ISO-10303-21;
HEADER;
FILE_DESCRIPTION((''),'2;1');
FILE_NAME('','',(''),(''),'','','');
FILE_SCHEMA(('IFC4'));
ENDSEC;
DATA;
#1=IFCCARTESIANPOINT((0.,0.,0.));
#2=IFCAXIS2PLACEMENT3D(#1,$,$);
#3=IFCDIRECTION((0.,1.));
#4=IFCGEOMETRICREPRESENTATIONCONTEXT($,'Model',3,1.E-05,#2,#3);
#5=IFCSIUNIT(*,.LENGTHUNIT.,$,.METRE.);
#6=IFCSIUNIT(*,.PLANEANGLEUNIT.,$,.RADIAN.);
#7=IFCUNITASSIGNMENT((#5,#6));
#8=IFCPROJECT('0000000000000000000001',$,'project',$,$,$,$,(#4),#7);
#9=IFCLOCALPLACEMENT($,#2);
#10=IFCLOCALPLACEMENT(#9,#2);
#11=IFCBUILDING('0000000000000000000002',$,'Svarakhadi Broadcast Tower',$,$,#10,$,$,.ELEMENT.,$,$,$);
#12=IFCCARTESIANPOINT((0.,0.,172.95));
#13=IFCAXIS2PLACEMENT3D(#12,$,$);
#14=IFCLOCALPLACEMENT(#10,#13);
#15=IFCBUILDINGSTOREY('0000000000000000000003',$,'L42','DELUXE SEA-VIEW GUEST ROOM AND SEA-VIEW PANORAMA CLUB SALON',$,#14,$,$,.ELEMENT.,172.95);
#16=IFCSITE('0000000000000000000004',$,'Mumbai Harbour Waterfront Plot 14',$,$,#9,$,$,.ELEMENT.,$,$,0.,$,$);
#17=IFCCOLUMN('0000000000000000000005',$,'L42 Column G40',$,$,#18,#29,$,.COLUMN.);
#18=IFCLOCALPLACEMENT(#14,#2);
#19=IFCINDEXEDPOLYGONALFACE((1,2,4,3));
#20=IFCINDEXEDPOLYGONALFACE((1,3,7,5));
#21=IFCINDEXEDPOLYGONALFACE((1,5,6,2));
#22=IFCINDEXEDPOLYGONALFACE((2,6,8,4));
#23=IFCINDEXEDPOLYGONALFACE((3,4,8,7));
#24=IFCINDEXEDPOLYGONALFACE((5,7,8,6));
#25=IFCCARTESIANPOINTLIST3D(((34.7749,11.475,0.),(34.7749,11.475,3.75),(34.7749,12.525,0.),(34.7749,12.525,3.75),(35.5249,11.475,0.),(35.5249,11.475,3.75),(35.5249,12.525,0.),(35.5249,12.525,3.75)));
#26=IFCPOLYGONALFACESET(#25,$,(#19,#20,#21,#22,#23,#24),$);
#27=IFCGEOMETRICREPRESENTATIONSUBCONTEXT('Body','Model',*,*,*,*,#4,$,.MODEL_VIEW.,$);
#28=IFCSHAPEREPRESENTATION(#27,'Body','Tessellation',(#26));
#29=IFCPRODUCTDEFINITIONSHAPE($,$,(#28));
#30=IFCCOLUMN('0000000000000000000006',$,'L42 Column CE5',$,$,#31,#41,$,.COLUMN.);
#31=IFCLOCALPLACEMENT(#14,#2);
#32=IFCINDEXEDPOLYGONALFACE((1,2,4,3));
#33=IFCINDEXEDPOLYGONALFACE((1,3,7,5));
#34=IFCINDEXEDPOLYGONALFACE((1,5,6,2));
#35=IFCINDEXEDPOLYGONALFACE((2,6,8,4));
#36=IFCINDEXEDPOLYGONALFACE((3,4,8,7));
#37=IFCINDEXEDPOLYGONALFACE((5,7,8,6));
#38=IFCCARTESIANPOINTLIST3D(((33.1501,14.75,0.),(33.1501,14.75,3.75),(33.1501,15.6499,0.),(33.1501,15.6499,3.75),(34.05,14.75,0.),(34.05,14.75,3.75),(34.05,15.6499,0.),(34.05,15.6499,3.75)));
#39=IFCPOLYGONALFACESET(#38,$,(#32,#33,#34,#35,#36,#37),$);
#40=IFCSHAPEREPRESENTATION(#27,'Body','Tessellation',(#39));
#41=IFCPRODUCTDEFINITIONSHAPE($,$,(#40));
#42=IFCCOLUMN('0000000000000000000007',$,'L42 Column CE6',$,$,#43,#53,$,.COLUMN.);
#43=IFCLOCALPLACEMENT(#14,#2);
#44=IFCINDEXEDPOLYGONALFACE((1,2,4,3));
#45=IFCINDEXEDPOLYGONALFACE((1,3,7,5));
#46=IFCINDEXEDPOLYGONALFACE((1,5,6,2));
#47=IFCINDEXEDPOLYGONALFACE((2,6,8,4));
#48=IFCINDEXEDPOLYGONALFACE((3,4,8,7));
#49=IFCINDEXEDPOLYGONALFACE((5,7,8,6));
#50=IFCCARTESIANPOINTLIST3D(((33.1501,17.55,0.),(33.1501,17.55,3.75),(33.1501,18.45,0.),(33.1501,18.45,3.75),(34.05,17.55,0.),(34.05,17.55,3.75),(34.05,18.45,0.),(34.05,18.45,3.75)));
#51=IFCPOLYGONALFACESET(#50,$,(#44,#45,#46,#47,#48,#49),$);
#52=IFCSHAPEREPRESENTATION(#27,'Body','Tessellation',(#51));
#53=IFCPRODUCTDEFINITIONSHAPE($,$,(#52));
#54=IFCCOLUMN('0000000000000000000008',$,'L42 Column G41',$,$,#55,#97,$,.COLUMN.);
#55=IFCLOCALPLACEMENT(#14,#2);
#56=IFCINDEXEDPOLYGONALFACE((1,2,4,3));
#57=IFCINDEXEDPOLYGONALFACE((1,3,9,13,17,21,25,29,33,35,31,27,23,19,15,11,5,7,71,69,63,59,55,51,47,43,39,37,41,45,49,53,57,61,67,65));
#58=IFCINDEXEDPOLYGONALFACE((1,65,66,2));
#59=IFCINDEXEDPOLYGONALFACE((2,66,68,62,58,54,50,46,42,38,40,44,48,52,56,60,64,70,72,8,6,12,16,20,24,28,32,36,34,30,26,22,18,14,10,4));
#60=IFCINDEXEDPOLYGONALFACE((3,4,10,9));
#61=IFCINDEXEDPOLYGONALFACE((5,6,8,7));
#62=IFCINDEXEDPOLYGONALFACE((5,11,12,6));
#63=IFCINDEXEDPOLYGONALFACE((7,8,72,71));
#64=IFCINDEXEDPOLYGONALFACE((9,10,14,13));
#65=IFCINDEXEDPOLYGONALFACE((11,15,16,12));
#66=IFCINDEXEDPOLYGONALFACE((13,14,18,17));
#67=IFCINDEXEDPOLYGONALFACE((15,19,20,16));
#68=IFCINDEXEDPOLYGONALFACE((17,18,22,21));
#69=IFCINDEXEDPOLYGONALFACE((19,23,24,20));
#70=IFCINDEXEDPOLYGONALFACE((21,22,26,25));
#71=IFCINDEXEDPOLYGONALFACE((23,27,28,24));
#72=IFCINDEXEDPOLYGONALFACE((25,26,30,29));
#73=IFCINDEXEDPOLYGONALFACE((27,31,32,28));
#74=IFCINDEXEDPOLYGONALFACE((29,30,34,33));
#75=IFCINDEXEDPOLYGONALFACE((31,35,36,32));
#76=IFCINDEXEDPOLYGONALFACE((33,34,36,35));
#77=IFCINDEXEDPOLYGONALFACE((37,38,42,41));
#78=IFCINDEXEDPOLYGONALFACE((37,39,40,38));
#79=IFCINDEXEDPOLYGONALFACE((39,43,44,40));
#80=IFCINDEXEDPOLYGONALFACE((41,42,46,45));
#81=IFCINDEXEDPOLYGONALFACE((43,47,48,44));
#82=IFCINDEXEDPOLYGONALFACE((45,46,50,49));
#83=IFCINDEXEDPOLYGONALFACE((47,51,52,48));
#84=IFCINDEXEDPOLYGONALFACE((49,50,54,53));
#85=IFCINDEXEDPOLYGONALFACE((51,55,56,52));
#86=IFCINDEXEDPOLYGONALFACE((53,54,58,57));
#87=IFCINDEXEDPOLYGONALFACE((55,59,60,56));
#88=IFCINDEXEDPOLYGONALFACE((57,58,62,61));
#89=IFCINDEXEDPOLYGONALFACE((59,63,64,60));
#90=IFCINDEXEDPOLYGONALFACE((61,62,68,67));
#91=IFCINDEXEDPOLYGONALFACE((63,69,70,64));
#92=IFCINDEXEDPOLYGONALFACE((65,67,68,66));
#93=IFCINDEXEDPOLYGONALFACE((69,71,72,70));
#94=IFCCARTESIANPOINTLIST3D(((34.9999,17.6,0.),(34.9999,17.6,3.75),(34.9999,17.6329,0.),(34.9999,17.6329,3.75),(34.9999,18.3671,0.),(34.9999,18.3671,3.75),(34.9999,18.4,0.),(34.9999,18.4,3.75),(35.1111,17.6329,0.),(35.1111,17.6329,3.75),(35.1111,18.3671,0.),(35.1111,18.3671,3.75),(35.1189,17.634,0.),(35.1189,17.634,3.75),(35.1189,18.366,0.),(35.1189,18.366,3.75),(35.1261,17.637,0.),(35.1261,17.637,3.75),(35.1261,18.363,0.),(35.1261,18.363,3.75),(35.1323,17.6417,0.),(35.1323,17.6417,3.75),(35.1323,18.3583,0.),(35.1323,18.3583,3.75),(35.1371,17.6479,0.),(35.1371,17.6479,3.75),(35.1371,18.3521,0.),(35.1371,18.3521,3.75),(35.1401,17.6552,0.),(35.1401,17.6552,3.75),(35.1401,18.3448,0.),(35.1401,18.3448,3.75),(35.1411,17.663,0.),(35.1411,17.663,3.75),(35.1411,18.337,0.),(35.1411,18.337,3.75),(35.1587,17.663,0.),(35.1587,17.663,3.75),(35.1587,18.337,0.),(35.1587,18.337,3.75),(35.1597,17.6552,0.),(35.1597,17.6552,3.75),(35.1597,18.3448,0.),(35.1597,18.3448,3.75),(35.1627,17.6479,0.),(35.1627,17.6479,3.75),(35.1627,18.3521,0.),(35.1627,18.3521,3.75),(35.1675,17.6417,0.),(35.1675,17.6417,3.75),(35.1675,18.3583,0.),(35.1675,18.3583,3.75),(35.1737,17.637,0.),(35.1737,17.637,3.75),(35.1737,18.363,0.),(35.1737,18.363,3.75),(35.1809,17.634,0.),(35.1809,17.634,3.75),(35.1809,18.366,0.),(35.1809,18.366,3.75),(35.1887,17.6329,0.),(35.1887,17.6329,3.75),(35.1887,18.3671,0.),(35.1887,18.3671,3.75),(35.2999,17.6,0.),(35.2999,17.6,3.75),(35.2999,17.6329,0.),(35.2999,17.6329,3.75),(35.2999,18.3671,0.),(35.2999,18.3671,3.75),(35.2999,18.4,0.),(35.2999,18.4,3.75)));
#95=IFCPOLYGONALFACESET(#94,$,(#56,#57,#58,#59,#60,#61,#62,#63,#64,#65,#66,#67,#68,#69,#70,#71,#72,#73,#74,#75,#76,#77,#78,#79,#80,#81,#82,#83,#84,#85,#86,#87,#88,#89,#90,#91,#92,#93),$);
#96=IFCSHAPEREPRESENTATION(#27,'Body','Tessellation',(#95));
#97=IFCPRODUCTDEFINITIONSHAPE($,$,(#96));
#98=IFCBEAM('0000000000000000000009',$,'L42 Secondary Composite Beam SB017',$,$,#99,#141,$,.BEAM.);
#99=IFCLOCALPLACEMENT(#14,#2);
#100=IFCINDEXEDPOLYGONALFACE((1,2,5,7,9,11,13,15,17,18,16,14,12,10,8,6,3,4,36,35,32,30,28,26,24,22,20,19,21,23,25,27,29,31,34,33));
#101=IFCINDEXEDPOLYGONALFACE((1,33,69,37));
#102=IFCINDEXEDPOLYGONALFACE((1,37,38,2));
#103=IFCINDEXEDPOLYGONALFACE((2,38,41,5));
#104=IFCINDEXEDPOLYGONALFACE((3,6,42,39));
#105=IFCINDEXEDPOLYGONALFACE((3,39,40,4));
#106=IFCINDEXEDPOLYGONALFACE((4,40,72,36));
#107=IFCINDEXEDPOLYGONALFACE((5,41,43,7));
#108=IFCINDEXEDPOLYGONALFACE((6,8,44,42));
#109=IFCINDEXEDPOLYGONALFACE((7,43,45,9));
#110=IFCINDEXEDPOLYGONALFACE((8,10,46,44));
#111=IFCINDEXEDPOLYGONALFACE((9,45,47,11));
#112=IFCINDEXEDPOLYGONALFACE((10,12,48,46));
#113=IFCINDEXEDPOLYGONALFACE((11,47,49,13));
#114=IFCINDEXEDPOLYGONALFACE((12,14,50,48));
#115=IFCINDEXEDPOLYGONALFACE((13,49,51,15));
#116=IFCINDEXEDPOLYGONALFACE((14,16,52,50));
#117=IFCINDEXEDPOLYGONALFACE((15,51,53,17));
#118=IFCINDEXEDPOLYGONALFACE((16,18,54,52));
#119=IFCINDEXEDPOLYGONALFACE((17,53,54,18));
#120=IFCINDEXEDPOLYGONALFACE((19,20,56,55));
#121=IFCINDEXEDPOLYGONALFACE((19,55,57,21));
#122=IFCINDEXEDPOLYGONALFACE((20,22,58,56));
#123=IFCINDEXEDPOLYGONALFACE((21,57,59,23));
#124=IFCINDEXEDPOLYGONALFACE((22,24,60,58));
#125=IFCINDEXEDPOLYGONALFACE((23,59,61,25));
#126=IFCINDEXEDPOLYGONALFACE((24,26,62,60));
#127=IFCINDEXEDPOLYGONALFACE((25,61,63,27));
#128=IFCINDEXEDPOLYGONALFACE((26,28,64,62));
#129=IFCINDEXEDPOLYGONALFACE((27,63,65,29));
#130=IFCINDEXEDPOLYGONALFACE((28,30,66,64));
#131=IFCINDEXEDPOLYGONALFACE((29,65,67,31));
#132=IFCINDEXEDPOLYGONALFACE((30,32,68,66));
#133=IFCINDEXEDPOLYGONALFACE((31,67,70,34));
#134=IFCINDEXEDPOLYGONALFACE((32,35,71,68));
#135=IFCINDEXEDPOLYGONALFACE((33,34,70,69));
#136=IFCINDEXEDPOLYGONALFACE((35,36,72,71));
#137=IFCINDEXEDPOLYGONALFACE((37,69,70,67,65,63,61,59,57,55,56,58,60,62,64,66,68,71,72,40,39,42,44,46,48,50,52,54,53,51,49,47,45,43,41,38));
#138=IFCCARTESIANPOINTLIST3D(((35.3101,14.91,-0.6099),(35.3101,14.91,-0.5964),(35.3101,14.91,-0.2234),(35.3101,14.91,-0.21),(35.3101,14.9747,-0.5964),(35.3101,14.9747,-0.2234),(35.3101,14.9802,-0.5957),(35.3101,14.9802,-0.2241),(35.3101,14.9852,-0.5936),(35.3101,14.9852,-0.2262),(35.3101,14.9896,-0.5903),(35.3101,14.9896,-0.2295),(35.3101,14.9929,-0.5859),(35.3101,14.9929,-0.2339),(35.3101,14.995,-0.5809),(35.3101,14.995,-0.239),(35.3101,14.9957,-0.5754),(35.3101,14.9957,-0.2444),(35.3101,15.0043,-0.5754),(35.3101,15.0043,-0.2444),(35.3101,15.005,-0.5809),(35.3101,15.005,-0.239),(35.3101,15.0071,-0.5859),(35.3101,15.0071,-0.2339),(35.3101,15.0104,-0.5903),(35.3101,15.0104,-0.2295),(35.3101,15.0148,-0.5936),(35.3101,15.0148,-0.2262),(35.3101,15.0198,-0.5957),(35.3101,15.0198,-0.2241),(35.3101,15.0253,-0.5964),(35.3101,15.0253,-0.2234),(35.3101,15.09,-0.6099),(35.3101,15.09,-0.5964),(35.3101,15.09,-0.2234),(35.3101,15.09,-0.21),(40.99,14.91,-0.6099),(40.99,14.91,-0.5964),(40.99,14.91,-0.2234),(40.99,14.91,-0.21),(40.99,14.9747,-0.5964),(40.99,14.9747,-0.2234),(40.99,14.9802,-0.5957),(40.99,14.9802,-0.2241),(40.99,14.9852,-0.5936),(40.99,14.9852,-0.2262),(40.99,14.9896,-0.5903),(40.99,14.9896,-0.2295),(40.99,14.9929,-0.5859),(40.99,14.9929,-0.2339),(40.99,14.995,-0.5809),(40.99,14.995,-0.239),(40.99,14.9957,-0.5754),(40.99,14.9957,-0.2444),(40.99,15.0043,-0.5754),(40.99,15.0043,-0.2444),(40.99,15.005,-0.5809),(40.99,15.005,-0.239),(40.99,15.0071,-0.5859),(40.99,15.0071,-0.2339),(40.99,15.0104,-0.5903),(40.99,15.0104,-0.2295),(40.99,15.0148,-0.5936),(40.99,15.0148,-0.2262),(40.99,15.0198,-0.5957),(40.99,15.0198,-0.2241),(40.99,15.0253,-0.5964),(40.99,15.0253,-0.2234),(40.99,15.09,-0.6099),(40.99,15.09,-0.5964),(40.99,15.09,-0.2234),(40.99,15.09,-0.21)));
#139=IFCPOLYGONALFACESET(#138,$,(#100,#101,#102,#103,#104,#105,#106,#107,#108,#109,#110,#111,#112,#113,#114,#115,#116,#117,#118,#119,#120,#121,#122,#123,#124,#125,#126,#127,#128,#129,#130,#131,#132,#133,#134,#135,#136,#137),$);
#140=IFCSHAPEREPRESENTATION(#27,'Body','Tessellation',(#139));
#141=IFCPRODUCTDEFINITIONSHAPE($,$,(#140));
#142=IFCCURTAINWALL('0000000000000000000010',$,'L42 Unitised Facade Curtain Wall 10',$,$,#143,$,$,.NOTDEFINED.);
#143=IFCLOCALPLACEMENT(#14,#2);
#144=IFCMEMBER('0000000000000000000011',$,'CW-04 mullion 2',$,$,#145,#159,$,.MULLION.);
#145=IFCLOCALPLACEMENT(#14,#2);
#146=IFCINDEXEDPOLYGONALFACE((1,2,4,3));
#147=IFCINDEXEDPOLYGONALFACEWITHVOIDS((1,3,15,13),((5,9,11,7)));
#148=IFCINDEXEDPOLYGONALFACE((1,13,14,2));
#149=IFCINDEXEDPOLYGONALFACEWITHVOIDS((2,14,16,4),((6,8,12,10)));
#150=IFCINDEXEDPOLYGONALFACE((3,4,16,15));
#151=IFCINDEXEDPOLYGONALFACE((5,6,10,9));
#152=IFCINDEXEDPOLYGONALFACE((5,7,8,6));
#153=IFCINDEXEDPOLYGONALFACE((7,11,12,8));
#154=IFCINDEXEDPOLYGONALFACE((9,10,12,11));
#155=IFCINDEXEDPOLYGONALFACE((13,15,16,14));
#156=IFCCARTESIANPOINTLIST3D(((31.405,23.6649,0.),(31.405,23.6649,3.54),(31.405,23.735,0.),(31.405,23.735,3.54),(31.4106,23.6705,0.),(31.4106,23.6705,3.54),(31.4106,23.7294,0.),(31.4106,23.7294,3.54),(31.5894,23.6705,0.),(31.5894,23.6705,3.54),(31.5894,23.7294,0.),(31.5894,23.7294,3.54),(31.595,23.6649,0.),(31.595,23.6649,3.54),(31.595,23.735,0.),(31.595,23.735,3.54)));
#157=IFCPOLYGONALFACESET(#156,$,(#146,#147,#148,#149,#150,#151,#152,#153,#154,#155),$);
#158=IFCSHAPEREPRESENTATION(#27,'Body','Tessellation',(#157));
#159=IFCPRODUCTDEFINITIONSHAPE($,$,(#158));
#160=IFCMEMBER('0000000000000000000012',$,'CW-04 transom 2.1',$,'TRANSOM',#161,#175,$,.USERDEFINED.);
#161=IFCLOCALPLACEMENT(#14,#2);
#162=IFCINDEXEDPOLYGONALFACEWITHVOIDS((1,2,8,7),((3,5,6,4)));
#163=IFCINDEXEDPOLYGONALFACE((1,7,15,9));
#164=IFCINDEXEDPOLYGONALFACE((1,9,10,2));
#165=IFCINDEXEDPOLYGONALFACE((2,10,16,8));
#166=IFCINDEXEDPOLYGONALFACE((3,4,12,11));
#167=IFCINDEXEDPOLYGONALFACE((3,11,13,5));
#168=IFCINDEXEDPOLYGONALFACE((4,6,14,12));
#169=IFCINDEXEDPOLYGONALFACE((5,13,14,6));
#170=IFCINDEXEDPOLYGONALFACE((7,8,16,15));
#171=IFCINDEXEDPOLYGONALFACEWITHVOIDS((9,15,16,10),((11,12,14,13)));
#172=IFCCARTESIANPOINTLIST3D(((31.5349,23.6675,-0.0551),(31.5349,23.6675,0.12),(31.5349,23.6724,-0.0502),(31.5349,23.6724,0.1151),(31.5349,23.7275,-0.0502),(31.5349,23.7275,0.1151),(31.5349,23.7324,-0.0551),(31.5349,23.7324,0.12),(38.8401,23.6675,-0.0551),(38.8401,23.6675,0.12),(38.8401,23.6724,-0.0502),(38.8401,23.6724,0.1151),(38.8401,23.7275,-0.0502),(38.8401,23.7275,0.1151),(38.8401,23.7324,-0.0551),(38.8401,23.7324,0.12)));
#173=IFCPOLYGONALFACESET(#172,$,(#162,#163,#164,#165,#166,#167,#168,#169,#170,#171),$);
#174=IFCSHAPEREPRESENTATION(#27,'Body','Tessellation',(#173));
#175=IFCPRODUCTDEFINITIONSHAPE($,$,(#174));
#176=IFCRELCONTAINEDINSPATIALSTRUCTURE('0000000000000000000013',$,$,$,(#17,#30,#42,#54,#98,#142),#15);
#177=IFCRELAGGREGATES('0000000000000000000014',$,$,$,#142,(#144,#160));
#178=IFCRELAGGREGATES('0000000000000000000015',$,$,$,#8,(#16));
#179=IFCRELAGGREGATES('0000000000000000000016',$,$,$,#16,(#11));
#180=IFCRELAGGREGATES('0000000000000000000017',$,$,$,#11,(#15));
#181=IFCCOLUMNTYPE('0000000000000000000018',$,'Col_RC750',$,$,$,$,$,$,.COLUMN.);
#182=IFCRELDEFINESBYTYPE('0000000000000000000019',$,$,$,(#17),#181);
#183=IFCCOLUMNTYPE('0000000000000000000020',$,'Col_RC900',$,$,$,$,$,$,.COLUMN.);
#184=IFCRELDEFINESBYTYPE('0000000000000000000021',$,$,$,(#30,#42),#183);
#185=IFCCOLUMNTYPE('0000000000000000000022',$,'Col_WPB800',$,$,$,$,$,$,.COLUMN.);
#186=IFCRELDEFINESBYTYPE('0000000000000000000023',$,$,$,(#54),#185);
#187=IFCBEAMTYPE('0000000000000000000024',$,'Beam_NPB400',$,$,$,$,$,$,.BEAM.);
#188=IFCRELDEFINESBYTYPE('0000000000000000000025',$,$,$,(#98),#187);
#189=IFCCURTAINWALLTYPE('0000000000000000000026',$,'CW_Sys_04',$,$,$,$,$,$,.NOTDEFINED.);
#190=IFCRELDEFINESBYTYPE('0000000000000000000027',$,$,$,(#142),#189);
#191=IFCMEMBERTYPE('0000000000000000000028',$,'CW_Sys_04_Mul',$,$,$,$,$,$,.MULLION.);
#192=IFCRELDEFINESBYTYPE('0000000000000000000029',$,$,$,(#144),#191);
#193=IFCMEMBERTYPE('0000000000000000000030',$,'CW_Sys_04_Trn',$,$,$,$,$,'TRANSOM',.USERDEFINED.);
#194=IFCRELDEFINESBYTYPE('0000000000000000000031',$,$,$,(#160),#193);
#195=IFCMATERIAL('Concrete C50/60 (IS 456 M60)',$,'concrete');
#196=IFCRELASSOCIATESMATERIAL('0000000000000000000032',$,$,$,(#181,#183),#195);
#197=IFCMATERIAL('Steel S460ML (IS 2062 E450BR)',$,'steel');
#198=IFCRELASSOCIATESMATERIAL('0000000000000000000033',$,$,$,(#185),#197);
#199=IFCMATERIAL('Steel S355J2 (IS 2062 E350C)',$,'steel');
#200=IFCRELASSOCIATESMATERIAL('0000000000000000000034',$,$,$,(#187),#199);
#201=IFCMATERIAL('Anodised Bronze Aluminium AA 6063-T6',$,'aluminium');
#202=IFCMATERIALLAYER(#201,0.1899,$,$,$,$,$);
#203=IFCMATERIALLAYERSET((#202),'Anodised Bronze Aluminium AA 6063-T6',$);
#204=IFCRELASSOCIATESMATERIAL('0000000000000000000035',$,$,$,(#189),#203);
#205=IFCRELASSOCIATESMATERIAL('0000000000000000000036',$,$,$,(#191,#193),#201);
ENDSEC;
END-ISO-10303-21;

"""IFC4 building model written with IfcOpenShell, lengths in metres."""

from ifc_helpers import new_model, si_unit, direction, frame, origin, origin_2d, place, context, subcontext, project, spatial, rectangle, hollow_rectangle, i_section, extrude, material, layer, layer_set, material_profile, profile_set, type_object, element, aggregate, save


model = new_model("IFC4")

# Units and contexts
model_context = context("Model", 3, precision=1e-05, world=origin(), true_north=direction((0.0, 1.0)))
body_context = subcontext(model_context, "Body", "Model", "MODEL_VIEW")
ifc_project = project(units=[si_unit("LENGTHUNIT", "METRE"), si_unit("PLANEANGLEUNIT", "RADIAN")], contexts=[model_context])

# Site, building, storey
site_placement = place(None, origin())
site = spatial("IfcSite", under=ifc_project, at=site_placement, Name="Mumbai Harbour Waterfront Plot 14", CompositionType="ELEMENT", RefElevation=0.0)
building_placement = place(site_placement, origin())
building = spatial("IfcBuilding", under=site, at=building_placement, Name="Svarakhadi Broadcast Tower", CompositionType="ELEMENT")
storey_placement = place(building_placement, frame((0.0, 0.0, 172.95)))
storey = spatial("IfcBuildingStorey", under=building, at=storey_placement, Name="L42", Description="DELUXE SEA-VIEW GUEST ROOM AND SEA-VIEW PANORAMA CLUB SALON", CompositionType="ELEMENT", Elevation=172.95)

# Columns
ifc_material_1 = material(Name="Concrete C50/60 (IS 456 M60)", Category="concrete")
ifc_material_profile_1 = material_profile(ifc_material_1, rectangle(XDim=0.75, YDim=1.05, at=origin_2d()), Name="RC 750x1050")
ifc_profile_set_1 = profile_set([ifc_material_profile_1], Name="Concrete C50/60 (IS 456 M60)")
column_type_1 = type_object("IfcColumnType", Name="Col_RC750", PredefinedType="COLUMN", material=ifc_profile_set_1)
column_1_placement = place(storey_placement, frame((35.1499, 12.0, 0.0), z_axis=(0.0, 0.0, 1.0), x_axis=(1.0, 0.0, 0.0)))
element("IfcColumn", 1, at=column_1_placement, inside=storey, type_object=column_type_1, Name="L42 Column G40", PredefinedType="COLUMN", context=body_context, shape_type="SweptSolid", body=[
    extrude(rectangle(XDim=0.75, YDim=1.05, at=origin_2d()), origin(), (0.0, 0.0, 1.0), 3.75),
])
ifc_material_profile_2 = material_profile(ifc_material_1, rectangle(XDim=0.8999, YDim=0.8999, at=origin_2d()), Name="RC 900x900")
ifc_profile_set_2 = profile_set([ifc_material_profile_2], Name="Concrete C50/60 (IS 456 M60)")
column_type_2 = type_object("IfcColumnType", Name="Col_RC900", PredefinedType="COLUMN", material=ifc_profile_set_2)
for number, where, z_axis, x_axis, name in (
    (2, (33.6001, 15.2, 0.0), (0.0, 0.0, 1.0), (1.0, 0.0, 0.0), "L42 Column CE5"),
    (3, (33.6001, 18.0, 0.0), (0.0, 0.0, 1.0), (1.0, 0.0, 0.0), "L42 Column CE6"),
):
    element("IfcColumn", number, at=place(storey_placement, frame(where, z_axis=z_axis, x_axis=x_axis)), inside=storey, type_object=column_type_2, Name=name, PredefinedType="COLUMN", context=body_context, shape_type="SweptSolid", body=[
        extrude(rectangle(XDim=0.8999, YDim=0.8999, at=origin_2d()), origin(), (0.0, 0.0, 1.0), 3.75),
    ])
ifc_material_2 = material(Name="Steel S460ML (IS 2062 E450BR)", Category="steel")
ifc_material_profile_3 = material_profile(ifc_material_2, i_section(OverallWidth=0.3, OverallDepth=0.8, WebThickness=0.0176, FlangeThickness=0.033, FilletRadius=0.03, at=origin_2d()), Name="WPB 800x300x262")
ifc_profile_set_3 = profile_set([ifc_material_profile_3], Name="Steel S460ML (IS 2062 E450BR)")
column_type_3 = type_object("IfcColumnType", Name="Col_WPB800", PredefinedType="COLUMN", material=ifc_profile_set_3)
column_2_placement = place(storey_placement, frame((35.1499, 18.0, 0.0), z_axis=(0.0, 0.0, 1.0), x_axis=(1.0, 0.0, 0.0)))
element("IfcColumn", 4, at=column_2_placement, inside=storey, type_object=column_type_3, Name="L42 Column G41", PredefinedType="COLUMN", context=body_context, shape_type="SweptSolid", body=[
    extrude(i_section(OverallWidth=0.3, OverallDepth=0.8, WebThickness=0.0176, FlangeThickness=0.033, FilletRadius=0.03, at=origin_2d()), origin(), (0.0, 0.0, 1.0), 3.75),
])

# Beam
ifc_material_3 = material(Name="Steel S355J2 (IS 2062 E350C)", Category="steel")
ifc_material_profile_4 = material_profile(ifc_material_3, i_section(OverallWidth=0.1799, OverallDepth=0.3999, WebThickness=0.0085, FlangeThickness=0.0134, FilletRadius=0.021, at=origin_2d()), Name="NPB 400x180x66")
ifc_profile_set_4 = profile_set([ifc_material_profile_4], Name="Steel S355J2 (IS 2062 E350C)")
beam_type_1 = type_object("IfcBeamType", Name="Beam_NPB400", PredefinedType="BEAM", material=ifc_profile_set_4)
beam_1_placement = place(storey_placement, frame((35.3101, 15.0, -0.4099), z_axis=(1.0, 0.0, 0.0), x_axis=(0.0, 1.0, 0.0)))
element("IfcBeam", 5, at=beam_1_placement, inside=storey, type_object=beam_type_1, Name="L42 Secondary Composite Beam SB017", PredefinedType="BEAM", context=body_context, shape_type="SweptSolid", body=[
    extrude(i_section(OverallWidth=0.1799, OverallDepth=0.3999, WebThickness=0.0085, FlangeThickness=0.0134, FilletRadius=0.021, at=origin_2d()), origin(), (0.0, 0.0, 1.0), 5.6799),
])

# Curtain wall, members
ifc_material_4 = material(Name="Anodised Bronze Aluminium AA 6063-T6", Category="aluminium")
ifc_layer_1 = layer(ifc_material_4, 0.1899)
ifc_layer_set_1 = layer_set([ifc_layer_1], Name="Anodised Bronze Aluminium AA 6063-T6")
curtain_wall_type = type_object("IfcCurtainWallType", Name="CW_Sys_04", PredefinedType="NOTDEFINED", material=ifc_layer_set_1)
curtain_wall_placement = place(storey_placement, origin())
curtain_wall = element("IfcCurtainWall", 6, at=curtain_wall_placement, inside=storey, type_object=curtain_wall_type, Name="L42 Unitised Facade Curtain Wall 10", PredefinedType="NOTDEFINED")
ifc_material_profile_5 = material_profile(ifc_material_4, hollow_rectangle(XDim=0.0701, YDim=0.1899, WallThickness=0.0056, at=origin_2d()), Name="ALU MULLION 190x70x6")
ifc_profile_set_5 = profile_set([ifc_material_profile_5], Name="Anodised Bronze Aluminium AA 6063-T6")
member_type_1 = type_object("IfcMemberType", Name="CW_Sys_04_Mul", PredefinedType="MULLION", material=ifc_profile_set_5)
member_1_placement = place(storey_placement, frame((31.5, 23.7, 0.0), z_axis=(0.0, 0.0, 1.0), x_axis=(0.0, 1.0, 0.0)))
member_1 = element("IfcMember", 7, at=member_1_placement, type_object=member_type_1, Name="CW-04 mullion 2", PredefinedType="MULLION", context=body_context, shape_type="SweptSolid", body=[
    extrude(hollow_rectangle(XDim=0.0701, YDim=0.1899, WallThickness=0.0056, at=origin_2d()), origin(), (0.0, 0.0, 1.0), 3.54),
])
ifc_material_profile_6 = material_profile(ifc_material_4, hollow_rectangle(XDim=0.0649, YDim=0.175, WallThickness=0.0049, at=origin_2d()), Name="ALU TRANSOM 175x65x5")
ifc_profile_set_6 = profile_set([ifc_material_profile_6], Name="Anodised Bronze Aluminium AA 6063-T6")
member_type_2 = type_object("IfcMemberType", Name="CW_Sys_04_Trn", ElementType="TRANSOM", PredefinedType="USERDEFINED", material=ifc_profile_set_6)
member_2_placement = place(storey_placement, frame((31.5349, 23.7, 0.0325), z_axis=(1.0, 0.0, 0.0), x_axis=(0.0, 1.0, 0.0)))
member_2 = element("IfcMember", 8, at=member_2_placement, type_object=member_type_2, Name="CW-04 transom 2.1", ObjectType="TRANSOM", PredefinedType="USERDEFINED", context=body_context, shape_type="SweptSolid", body=[
    extrude(hollow_rectangle(XDim=0.0649, YDim=0.175, WallThickness=0.0049, at=origin_2d()), origin(), (0.0, 0.0, 1.0), 7.3052),
])

aggregate(curtain_wall, [member_1, member_2])

save(model, "model.ifc")
